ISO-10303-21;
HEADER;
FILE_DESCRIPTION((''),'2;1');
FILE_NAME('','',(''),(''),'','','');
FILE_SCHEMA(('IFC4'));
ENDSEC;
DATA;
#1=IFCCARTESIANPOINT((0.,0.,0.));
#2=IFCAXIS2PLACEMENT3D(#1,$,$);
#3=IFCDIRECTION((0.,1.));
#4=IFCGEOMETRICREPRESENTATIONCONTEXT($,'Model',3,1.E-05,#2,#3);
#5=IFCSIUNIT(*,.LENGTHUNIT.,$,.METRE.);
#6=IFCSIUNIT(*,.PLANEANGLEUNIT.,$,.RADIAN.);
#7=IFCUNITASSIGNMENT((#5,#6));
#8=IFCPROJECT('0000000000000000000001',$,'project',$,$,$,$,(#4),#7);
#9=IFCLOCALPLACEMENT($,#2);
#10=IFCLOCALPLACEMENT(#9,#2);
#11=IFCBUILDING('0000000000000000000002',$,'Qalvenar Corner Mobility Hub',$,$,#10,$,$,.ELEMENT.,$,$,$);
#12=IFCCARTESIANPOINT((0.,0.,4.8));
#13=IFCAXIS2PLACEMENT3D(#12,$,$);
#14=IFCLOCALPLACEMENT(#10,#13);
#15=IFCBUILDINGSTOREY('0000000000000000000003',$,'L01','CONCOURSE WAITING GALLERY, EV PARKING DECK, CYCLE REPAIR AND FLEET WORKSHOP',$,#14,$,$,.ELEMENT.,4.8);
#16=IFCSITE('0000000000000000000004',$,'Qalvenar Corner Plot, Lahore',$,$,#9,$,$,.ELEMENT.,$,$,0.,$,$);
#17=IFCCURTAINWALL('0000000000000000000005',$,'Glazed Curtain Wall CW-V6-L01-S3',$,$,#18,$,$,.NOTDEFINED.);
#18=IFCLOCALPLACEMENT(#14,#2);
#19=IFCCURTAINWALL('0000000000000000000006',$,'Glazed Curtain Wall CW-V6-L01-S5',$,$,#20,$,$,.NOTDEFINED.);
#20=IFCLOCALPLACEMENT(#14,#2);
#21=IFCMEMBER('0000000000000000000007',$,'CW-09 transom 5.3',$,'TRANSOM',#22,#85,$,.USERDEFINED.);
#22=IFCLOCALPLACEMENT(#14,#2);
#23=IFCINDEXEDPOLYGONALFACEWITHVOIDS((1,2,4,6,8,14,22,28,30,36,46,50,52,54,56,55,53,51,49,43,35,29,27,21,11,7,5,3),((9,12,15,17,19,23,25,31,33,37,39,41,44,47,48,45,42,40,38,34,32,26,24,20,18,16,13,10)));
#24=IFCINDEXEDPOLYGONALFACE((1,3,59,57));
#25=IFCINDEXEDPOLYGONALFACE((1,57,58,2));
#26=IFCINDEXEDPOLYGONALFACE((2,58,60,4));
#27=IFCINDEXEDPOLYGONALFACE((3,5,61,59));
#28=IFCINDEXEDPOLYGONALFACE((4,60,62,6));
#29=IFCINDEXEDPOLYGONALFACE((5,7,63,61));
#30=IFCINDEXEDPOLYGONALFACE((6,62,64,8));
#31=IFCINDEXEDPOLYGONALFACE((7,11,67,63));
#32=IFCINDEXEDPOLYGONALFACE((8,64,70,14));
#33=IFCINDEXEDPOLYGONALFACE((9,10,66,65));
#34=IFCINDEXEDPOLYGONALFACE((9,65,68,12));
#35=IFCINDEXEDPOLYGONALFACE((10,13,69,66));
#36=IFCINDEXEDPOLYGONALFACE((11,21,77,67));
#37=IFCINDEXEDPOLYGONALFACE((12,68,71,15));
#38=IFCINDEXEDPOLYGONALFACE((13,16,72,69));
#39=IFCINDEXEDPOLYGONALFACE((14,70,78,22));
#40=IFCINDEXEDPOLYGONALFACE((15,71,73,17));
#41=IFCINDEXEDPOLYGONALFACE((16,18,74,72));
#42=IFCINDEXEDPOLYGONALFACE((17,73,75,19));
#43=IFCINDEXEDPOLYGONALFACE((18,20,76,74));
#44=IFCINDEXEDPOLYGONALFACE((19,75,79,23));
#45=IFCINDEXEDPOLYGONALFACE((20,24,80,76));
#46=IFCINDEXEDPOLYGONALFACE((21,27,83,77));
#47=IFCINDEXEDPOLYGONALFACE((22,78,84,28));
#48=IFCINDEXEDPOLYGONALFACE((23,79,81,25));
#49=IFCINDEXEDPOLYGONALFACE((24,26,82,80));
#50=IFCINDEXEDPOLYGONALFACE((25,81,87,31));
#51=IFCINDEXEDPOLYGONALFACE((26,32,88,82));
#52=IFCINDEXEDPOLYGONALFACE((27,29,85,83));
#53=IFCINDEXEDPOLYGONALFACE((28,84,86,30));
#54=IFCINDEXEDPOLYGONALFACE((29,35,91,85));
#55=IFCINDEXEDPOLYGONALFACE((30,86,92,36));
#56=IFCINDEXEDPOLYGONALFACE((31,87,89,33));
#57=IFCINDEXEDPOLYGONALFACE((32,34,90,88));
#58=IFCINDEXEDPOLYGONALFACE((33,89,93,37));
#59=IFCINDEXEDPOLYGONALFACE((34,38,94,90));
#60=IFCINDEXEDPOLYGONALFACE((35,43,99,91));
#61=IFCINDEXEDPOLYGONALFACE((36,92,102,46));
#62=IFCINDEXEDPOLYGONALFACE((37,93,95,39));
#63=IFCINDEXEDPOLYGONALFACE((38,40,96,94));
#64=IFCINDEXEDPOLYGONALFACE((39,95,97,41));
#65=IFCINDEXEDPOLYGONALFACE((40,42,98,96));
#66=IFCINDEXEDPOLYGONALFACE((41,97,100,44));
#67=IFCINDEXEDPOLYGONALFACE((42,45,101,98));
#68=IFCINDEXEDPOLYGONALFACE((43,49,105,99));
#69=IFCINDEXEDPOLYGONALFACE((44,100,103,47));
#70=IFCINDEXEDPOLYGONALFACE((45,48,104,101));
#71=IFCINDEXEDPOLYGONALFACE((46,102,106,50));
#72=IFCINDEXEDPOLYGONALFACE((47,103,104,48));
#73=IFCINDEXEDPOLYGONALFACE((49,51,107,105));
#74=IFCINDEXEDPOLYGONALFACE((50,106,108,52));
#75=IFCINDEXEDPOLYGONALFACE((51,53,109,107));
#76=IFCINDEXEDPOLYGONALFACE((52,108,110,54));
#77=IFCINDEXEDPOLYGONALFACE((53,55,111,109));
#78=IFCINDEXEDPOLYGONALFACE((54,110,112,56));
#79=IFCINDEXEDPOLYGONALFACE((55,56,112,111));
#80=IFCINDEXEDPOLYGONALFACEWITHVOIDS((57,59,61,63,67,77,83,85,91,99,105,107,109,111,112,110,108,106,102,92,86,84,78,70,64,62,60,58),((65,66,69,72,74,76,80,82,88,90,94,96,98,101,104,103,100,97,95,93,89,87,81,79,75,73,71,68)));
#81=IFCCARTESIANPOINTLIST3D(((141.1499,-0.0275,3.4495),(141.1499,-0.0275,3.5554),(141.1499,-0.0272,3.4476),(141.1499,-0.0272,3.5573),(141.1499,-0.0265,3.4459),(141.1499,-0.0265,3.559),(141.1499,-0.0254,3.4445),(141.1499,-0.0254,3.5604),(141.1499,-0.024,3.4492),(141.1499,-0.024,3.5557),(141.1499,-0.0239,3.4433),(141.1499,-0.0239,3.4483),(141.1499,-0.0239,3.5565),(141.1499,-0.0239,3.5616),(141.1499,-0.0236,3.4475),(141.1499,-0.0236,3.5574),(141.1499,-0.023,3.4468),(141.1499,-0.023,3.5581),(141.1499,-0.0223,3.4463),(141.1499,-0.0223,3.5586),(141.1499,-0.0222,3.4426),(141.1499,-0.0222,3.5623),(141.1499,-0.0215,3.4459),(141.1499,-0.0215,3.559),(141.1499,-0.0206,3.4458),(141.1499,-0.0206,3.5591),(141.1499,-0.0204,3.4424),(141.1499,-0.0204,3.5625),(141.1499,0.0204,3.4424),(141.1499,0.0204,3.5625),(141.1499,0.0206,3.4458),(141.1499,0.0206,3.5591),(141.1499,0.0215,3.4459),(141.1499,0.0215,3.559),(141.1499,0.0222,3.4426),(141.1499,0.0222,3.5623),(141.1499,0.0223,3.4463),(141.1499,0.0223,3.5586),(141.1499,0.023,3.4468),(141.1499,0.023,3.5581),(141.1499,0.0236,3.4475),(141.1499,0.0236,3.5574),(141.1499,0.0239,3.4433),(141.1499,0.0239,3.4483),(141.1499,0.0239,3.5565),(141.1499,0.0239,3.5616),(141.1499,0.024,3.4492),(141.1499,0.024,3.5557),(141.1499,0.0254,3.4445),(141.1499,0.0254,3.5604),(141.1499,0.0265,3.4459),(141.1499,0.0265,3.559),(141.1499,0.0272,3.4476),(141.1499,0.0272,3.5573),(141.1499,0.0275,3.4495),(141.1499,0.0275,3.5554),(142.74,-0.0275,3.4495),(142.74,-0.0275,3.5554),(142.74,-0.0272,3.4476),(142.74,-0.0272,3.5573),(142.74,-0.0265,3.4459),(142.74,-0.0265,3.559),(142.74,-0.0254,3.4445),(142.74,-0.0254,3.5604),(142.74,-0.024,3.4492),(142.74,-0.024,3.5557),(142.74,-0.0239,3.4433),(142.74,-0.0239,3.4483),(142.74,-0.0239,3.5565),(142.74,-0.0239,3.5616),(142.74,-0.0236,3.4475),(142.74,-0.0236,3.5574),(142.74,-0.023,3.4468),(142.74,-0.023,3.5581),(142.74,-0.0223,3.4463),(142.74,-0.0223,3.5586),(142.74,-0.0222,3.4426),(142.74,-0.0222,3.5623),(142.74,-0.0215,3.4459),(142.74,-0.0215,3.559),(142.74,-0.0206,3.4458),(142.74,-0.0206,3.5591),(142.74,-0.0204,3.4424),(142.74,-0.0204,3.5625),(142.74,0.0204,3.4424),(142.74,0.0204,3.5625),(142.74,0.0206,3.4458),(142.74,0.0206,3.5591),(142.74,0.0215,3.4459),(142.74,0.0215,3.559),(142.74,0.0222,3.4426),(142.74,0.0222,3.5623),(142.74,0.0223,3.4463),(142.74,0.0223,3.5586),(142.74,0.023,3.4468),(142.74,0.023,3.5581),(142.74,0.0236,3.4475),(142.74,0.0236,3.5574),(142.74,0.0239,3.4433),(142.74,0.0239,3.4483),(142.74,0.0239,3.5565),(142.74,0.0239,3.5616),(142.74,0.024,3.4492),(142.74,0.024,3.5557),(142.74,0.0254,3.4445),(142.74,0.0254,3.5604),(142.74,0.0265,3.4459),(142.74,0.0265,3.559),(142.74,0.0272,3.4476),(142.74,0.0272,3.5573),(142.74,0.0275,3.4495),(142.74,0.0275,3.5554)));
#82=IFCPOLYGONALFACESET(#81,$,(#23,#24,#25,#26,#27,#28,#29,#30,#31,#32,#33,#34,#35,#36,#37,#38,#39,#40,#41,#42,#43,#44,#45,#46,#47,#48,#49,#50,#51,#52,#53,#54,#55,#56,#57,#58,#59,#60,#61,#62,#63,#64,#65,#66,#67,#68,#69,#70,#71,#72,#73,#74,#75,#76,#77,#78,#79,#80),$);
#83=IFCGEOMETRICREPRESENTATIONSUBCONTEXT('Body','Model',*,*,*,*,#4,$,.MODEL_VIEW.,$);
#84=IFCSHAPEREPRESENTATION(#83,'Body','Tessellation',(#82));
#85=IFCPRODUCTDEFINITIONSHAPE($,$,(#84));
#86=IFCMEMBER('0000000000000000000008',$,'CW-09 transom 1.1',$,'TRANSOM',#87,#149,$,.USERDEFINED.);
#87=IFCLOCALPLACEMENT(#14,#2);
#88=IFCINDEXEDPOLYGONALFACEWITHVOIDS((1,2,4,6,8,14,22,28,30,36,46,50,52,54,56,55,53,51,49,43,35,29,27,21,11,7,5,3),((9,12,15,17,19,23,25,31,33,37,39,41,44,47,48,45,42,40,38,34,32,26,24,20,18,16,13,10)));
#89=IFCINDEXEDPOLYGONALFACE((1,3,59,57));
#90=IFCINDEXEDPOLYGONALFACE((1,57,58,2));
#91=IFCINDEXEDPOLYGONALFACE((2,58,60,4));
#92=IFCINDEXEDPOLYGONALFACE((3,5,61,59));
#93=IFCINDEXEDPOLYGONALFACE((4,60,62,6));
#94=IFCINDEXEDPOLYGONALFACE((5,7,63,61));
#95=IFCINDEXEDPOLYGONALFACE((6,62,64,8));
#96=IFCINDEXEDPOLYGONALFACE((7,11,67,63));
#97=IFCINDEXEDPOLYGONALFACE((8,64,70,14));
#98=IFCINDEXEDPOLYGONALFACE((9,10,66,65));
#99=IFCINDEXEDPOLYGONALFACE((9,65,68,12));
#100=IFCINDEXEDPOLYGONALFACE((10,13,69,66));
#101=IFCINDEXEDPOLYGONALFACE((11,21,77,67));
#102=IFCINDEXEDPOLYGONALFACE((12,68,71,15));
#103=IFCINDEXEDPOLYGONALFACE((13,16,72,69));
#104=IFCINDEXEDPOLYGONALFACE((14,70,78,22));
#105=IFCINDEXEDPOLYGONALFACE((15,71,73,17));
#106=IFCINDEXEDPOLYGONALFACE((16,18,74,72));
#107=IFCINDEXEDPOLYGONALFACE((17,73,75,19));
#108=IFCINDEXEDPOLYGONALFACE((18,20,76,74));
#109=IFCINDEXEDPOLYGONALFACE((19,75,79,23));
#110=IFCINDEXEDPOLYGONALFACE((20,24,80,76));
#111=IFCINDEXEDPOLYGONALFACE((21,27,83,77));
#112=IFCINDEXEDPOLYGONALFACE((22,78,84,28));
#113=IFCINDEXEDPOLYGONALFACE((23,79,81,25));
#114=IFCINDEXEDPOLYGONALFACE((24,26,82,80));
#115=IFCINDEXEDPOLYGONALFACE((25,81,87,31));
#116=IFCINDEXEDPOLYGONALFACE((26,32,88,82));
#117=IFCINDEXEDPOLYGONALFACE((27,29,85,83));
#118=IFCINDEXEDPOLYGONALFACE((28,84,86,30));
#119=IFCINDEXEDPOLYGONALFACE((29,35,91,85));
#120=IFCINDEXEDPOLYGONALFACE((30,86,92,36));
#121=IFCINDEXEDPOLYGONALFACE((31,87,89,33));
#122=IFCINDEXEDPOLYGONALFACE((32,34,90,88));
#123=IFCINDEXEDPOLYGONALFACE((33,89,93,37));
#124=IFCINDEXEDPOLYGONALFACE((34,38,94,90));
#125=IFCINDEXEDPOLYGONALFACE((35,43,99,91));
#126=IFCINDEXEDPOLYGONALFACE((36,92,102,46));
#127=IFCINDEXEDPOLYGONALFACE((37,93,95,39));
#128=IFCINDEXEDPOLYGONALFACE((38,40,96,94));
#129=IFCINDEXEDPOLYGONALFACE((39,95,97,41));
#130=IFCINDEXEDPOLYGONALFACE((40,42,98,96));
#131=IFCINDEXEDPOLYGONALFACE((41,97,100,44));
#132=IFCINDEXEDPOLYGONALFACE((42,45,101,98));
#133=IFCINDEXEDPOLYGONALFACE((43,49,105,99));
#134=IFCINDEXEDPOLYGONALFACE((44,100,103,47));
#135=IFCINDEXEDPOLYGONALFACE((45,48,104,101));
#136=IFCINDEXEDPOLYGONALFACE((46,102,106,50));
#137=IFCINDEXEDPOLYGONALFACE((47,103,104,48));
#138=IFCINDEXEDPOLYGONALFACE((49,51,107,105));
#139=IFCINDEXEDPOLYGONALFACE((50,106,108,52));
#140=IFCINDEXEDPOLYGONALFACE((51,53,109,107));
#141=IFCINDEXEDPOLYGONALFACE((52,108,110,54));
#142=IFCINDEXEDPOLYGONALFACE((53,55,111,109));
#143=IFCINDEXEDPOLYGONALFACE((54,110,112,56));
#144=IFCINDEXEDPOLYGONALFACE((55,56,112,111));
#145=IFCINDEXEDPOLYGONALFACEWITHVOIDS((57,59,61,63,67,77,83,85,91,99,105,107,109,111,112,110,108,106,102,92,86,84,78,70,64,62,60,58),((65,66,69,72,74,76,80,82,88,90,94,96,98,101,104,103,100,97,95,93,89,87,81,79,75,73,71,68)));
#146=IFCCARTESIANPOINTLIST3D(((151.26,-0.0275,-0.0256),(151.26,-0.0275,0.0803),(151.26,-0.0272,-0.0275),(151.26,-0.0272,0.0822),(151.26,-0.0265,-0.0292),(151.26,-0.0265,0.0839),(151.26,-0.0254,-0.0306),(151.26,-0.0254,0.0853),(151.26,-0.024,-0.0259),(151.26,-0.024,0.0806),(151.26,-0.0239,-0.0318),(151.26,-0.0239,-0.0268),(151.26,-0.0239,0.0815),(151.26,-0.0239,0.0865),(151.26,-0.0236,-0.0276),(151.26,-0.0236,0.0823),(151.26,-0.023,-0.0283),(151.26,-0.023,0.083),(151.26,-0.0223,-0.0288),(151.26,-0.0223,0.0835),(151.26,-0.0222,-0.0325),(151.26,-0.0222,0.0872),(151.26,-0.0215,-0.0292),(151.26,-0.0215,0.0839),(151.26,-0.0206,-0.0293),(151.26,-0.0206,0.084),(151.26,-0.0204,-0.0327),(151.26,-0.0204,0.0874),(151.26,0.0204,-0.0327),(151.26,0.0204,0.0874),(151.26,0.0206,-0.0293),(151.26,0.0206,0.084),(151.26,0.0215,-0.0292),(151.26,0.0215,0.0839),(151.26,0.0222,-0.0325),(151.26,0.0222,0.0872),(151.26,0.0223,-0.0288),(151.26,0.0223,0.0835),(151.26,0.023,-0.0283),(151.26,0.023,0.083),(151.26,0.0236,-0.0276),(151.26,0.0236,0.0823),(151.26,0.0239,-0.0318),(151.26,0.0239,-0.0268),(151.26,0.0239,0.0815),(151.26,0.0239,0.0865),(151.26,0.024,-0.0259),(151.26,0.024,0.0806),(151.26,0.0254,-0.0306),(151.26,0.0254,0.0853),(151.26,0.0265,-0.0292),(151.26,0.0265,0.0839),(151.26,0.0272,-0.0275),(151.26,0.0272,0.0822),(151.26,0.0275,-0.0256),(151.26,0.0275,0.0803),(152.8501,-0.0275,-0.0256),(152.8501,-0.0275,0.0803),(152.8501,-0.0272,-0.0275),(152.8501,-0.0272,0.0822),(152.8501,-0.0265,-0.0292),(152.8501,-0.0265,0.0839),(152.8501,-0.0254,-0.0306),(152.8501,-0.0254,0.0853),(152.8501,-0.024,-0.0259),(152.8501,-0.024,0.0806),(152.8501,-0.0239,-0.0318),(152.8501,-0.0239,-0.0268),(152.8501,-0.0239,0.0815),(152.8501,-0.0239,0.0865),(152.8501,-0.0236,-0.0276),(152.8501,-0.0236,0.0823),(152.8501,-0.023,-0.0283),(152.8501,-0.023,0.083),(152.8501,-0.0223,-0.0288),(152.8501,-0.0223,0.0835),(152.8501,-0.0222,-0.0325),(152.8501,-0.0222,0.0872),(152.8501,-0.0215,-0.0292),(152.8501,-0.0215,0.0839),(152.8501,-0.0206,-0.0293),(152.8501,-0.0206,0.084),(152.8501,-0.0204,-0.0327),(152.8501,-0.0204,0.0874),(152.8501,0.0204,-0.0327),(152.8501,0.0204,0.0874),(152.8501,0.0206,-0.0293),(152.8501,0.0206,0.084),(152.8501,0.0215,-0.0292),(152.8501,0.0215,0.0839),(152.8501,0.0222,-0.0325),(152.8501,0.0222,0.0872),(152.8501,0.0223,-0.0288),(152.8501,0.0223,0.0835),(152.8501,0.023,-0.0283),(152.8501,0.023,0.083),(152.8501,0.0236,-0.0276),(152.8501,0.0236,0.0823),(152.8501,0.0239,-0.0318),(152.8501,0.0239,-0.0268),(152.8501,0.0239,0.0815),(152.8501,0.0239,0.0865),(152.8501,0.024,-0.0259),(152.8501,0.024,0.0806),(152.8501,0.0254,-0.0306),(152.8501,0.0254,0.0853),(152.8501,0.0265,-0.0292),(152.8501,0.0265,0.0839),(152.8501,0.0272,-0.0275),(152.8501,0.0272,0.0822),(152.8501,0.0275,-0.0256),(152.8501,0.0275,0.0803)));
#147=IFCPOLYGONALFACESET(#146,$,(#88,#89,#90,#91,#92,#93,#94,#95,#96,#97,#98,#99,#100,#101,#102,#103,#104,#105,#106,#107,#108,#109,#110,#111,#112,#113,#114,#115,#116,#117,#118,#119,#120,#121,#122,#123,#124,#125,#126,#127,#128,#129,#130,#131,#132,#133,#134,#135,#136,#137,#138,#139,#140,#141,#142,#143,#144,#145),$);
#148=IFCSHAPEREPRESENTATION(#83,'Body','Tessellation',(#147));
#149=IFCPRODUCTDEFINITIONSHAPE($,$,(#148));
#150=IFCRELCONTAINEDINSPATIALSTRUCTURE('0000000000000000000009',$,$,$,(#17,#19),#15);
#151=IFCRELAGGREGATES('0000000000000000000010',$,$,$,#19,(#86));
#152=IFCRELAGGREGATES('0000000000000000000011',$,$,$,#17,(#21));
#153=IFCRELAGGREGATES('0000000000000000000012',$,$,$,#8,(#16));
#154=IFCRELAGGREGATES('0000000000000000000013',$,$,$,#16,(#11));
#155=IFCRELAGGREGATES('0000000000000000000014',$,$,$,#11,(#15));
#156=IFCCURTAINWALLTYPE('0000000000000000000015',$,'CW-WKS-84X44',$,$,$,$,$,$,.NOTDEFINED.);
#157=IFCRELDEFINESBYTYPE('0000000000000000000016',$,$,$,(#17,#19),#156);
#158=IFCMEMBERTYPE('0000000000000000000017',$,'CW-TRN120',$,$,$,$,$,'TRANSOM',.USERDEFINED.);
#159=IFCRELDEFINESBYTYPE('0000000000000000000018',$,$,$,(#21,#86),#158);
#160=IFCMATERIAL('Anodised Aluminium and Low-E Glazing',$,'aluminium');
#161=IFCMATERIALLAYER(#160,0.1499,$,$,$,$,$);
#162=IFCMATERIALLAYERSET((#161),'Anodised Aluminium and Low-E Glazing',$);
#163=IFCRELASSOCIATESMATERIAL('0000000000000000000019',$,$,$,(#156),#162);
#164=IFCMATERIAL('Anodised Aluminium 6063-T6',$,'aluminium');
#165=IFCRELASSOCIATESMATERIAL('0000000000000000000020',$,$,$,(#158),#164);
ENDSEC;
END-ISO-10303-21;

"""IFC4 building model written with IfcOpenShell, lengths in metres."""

from ifc_helpers import new_model, si_unit, direction, frame, origin, origin_2d, place, context, subcontext, project, spatial, hollow_rectangle, extrude, material, layer, layer_set, material_profile, profile_set, type_object, element, aggregate, save


model = new_model("IFC4")

# Units and contexts
model_context = context("Model", 3, precision=1e-05, world=origin(), true_north=direction((0.0, 1.0)))
body_context = subcontext(model_context, "Body", "Model", "MODEL_VIEW")
ifc_project = project(units=[si_unit("LENGTHUNIT", "METRE"), si_unit("PLANEANGLEUNIT", "RADIAN")], contexts=[model_context])

# Site, building, storey
site_placement = place(None, origin())
site = spatial("IfcSite", under=ifc_project, at=site_placement, Name="Qalvenar Corner Plot, Lahore", CompositionType="ELEMENT", RefElevation=0.0)
building_placement = place(site_placement, origin())
building = spatial("IfcBuilding", under=site, at=building_placement, Name="Qalvenar Corner Mobility Hub", CompositionType="ELEMENT")
storey_placement = place(building_placement, frame((0.0, 0.0, 4.8)))
storey = spatial("IfcBuildingStorey", under=building, at=storey_placement, Name="L01", Description="CONCOURSE WAITING GALLERY, EV PARKING DECK, CYCLE REPAIR AND FLEET WORKSHOP", CompositionType="ELEMENT", Elevation=4.8)

# Curtain wall
ifc_material_1 = material(Name="Anodised Aluminium and Low-E Glazing", Category="aluminium")
ifc_layer_1 = layer(ifc_material_1, 0.1499)
ifc_layer_set_1 = layer_set([ifc_layer_1], Name="Anodised Aluminium and Low-E Glazing")
curtain_wall_type = type_object("IfcCurtainWallType", Name="CW-WKS-84X44", PredefinedType="NOTDEFINED", material=ifc_layer_set_1)
curtain_wall_1_placement = place(storey_placement, origin())
curtain_wall_1 = element("IfcCurtainWall", 1, at=curtain_wall_1_placement, inside=storey, type_object=curtain_wall_type, Name="Glazed Curtain Wall CW-V6-L01-S3", PredefinedType="NOTDEFINED")
ifc_material_2 = material(Name="Anodised Aluminium 6063-T6", Category="aluminium")

# Curtain wall
curtain_wall_2_placement = place(storey_placement, origin())
curtain_wall_2 = element("IfcCurtainWall", 2, at=curtain_wall_2_placement, inside=storey, type_object=curtain_wall_type, Name="Glazed Curtain Wall CW-V6-L01-S5", PredefinedType="NOTDEFINED")

# Members
ifc_material_profile_1 = material_profile(ifc_material_2, hollow_rectangle(XDim=0.0549, YDim=0.1201, WallThickness=0.0034, InnerFilletRadius=0.0034, OuterFilletRadius=0.0071, at=origin_2d()), Name="RHS120x55x3.5")
ifc_profile_set_1 = profile_set([ifc_material_profile_1], Name="Anodised Aluminium 6063-T6")
member_type_1 = type_object("IfcMemberType", Name="CW-TRN120", ElementType="TRANSOM", PredefinedType="USERDEFINED", material=ifc_profile_set_1)
member_1_placement = place(storey_placement, frame((141.1499, 0.0, 3.5024), z_axis=(1.0, 0.0, 0.0), x_axis=(0.0, 1.0, 0.0)))
member_1 = element("IfcMember", 3, at=member_1_placement, type_object=member_type_1, Name="CW-09 transom 5.3", ObjectType="TRANSOM", PredefinedType="USERDEFINED", context=body_context, shape_type="SweptSolid", body=[
    extrude(hollow_rectangle(XDim=0.0549, YDim=0.1201, WallThickness=0.0034, InnerFilletRadius=0.0034, OuterFilletRadius=0.0071, at=origin_2d()), origin(), (0.0, 0.0, 1.0), 1.5901),
])
member_2_placement = place(storey_placement, frame((151.26, 0.0, 0.0273), z_axis=(1.0, 0.0, 0.0), x_axis=(0.0, 1.0, 0.0)))
member_2 = element("IfcMember", 4, at=member_2_placement, type_object=member_type_1, Name="CW-09 transom 1.1", ObjectType="TRANSOM", PredefinedType="USERDEFINED", context=body_context, shape_type="SweptSolid", body=[
    extrude(hollow_rectangle(XDim=0.0549, YDim=0.1201, WallThickness=0.0034, InnerFilletRadius=0.0034, OuterFilletRadius=0.0071, at=origin_2d()), origin(), (0.0, 0.0, 1.0), 1.5901),
])
aggregate(curtain_wall_2, [member_2])

aggregate(curtain_wall_1, [member_1])

save(model, "model.ifc")
